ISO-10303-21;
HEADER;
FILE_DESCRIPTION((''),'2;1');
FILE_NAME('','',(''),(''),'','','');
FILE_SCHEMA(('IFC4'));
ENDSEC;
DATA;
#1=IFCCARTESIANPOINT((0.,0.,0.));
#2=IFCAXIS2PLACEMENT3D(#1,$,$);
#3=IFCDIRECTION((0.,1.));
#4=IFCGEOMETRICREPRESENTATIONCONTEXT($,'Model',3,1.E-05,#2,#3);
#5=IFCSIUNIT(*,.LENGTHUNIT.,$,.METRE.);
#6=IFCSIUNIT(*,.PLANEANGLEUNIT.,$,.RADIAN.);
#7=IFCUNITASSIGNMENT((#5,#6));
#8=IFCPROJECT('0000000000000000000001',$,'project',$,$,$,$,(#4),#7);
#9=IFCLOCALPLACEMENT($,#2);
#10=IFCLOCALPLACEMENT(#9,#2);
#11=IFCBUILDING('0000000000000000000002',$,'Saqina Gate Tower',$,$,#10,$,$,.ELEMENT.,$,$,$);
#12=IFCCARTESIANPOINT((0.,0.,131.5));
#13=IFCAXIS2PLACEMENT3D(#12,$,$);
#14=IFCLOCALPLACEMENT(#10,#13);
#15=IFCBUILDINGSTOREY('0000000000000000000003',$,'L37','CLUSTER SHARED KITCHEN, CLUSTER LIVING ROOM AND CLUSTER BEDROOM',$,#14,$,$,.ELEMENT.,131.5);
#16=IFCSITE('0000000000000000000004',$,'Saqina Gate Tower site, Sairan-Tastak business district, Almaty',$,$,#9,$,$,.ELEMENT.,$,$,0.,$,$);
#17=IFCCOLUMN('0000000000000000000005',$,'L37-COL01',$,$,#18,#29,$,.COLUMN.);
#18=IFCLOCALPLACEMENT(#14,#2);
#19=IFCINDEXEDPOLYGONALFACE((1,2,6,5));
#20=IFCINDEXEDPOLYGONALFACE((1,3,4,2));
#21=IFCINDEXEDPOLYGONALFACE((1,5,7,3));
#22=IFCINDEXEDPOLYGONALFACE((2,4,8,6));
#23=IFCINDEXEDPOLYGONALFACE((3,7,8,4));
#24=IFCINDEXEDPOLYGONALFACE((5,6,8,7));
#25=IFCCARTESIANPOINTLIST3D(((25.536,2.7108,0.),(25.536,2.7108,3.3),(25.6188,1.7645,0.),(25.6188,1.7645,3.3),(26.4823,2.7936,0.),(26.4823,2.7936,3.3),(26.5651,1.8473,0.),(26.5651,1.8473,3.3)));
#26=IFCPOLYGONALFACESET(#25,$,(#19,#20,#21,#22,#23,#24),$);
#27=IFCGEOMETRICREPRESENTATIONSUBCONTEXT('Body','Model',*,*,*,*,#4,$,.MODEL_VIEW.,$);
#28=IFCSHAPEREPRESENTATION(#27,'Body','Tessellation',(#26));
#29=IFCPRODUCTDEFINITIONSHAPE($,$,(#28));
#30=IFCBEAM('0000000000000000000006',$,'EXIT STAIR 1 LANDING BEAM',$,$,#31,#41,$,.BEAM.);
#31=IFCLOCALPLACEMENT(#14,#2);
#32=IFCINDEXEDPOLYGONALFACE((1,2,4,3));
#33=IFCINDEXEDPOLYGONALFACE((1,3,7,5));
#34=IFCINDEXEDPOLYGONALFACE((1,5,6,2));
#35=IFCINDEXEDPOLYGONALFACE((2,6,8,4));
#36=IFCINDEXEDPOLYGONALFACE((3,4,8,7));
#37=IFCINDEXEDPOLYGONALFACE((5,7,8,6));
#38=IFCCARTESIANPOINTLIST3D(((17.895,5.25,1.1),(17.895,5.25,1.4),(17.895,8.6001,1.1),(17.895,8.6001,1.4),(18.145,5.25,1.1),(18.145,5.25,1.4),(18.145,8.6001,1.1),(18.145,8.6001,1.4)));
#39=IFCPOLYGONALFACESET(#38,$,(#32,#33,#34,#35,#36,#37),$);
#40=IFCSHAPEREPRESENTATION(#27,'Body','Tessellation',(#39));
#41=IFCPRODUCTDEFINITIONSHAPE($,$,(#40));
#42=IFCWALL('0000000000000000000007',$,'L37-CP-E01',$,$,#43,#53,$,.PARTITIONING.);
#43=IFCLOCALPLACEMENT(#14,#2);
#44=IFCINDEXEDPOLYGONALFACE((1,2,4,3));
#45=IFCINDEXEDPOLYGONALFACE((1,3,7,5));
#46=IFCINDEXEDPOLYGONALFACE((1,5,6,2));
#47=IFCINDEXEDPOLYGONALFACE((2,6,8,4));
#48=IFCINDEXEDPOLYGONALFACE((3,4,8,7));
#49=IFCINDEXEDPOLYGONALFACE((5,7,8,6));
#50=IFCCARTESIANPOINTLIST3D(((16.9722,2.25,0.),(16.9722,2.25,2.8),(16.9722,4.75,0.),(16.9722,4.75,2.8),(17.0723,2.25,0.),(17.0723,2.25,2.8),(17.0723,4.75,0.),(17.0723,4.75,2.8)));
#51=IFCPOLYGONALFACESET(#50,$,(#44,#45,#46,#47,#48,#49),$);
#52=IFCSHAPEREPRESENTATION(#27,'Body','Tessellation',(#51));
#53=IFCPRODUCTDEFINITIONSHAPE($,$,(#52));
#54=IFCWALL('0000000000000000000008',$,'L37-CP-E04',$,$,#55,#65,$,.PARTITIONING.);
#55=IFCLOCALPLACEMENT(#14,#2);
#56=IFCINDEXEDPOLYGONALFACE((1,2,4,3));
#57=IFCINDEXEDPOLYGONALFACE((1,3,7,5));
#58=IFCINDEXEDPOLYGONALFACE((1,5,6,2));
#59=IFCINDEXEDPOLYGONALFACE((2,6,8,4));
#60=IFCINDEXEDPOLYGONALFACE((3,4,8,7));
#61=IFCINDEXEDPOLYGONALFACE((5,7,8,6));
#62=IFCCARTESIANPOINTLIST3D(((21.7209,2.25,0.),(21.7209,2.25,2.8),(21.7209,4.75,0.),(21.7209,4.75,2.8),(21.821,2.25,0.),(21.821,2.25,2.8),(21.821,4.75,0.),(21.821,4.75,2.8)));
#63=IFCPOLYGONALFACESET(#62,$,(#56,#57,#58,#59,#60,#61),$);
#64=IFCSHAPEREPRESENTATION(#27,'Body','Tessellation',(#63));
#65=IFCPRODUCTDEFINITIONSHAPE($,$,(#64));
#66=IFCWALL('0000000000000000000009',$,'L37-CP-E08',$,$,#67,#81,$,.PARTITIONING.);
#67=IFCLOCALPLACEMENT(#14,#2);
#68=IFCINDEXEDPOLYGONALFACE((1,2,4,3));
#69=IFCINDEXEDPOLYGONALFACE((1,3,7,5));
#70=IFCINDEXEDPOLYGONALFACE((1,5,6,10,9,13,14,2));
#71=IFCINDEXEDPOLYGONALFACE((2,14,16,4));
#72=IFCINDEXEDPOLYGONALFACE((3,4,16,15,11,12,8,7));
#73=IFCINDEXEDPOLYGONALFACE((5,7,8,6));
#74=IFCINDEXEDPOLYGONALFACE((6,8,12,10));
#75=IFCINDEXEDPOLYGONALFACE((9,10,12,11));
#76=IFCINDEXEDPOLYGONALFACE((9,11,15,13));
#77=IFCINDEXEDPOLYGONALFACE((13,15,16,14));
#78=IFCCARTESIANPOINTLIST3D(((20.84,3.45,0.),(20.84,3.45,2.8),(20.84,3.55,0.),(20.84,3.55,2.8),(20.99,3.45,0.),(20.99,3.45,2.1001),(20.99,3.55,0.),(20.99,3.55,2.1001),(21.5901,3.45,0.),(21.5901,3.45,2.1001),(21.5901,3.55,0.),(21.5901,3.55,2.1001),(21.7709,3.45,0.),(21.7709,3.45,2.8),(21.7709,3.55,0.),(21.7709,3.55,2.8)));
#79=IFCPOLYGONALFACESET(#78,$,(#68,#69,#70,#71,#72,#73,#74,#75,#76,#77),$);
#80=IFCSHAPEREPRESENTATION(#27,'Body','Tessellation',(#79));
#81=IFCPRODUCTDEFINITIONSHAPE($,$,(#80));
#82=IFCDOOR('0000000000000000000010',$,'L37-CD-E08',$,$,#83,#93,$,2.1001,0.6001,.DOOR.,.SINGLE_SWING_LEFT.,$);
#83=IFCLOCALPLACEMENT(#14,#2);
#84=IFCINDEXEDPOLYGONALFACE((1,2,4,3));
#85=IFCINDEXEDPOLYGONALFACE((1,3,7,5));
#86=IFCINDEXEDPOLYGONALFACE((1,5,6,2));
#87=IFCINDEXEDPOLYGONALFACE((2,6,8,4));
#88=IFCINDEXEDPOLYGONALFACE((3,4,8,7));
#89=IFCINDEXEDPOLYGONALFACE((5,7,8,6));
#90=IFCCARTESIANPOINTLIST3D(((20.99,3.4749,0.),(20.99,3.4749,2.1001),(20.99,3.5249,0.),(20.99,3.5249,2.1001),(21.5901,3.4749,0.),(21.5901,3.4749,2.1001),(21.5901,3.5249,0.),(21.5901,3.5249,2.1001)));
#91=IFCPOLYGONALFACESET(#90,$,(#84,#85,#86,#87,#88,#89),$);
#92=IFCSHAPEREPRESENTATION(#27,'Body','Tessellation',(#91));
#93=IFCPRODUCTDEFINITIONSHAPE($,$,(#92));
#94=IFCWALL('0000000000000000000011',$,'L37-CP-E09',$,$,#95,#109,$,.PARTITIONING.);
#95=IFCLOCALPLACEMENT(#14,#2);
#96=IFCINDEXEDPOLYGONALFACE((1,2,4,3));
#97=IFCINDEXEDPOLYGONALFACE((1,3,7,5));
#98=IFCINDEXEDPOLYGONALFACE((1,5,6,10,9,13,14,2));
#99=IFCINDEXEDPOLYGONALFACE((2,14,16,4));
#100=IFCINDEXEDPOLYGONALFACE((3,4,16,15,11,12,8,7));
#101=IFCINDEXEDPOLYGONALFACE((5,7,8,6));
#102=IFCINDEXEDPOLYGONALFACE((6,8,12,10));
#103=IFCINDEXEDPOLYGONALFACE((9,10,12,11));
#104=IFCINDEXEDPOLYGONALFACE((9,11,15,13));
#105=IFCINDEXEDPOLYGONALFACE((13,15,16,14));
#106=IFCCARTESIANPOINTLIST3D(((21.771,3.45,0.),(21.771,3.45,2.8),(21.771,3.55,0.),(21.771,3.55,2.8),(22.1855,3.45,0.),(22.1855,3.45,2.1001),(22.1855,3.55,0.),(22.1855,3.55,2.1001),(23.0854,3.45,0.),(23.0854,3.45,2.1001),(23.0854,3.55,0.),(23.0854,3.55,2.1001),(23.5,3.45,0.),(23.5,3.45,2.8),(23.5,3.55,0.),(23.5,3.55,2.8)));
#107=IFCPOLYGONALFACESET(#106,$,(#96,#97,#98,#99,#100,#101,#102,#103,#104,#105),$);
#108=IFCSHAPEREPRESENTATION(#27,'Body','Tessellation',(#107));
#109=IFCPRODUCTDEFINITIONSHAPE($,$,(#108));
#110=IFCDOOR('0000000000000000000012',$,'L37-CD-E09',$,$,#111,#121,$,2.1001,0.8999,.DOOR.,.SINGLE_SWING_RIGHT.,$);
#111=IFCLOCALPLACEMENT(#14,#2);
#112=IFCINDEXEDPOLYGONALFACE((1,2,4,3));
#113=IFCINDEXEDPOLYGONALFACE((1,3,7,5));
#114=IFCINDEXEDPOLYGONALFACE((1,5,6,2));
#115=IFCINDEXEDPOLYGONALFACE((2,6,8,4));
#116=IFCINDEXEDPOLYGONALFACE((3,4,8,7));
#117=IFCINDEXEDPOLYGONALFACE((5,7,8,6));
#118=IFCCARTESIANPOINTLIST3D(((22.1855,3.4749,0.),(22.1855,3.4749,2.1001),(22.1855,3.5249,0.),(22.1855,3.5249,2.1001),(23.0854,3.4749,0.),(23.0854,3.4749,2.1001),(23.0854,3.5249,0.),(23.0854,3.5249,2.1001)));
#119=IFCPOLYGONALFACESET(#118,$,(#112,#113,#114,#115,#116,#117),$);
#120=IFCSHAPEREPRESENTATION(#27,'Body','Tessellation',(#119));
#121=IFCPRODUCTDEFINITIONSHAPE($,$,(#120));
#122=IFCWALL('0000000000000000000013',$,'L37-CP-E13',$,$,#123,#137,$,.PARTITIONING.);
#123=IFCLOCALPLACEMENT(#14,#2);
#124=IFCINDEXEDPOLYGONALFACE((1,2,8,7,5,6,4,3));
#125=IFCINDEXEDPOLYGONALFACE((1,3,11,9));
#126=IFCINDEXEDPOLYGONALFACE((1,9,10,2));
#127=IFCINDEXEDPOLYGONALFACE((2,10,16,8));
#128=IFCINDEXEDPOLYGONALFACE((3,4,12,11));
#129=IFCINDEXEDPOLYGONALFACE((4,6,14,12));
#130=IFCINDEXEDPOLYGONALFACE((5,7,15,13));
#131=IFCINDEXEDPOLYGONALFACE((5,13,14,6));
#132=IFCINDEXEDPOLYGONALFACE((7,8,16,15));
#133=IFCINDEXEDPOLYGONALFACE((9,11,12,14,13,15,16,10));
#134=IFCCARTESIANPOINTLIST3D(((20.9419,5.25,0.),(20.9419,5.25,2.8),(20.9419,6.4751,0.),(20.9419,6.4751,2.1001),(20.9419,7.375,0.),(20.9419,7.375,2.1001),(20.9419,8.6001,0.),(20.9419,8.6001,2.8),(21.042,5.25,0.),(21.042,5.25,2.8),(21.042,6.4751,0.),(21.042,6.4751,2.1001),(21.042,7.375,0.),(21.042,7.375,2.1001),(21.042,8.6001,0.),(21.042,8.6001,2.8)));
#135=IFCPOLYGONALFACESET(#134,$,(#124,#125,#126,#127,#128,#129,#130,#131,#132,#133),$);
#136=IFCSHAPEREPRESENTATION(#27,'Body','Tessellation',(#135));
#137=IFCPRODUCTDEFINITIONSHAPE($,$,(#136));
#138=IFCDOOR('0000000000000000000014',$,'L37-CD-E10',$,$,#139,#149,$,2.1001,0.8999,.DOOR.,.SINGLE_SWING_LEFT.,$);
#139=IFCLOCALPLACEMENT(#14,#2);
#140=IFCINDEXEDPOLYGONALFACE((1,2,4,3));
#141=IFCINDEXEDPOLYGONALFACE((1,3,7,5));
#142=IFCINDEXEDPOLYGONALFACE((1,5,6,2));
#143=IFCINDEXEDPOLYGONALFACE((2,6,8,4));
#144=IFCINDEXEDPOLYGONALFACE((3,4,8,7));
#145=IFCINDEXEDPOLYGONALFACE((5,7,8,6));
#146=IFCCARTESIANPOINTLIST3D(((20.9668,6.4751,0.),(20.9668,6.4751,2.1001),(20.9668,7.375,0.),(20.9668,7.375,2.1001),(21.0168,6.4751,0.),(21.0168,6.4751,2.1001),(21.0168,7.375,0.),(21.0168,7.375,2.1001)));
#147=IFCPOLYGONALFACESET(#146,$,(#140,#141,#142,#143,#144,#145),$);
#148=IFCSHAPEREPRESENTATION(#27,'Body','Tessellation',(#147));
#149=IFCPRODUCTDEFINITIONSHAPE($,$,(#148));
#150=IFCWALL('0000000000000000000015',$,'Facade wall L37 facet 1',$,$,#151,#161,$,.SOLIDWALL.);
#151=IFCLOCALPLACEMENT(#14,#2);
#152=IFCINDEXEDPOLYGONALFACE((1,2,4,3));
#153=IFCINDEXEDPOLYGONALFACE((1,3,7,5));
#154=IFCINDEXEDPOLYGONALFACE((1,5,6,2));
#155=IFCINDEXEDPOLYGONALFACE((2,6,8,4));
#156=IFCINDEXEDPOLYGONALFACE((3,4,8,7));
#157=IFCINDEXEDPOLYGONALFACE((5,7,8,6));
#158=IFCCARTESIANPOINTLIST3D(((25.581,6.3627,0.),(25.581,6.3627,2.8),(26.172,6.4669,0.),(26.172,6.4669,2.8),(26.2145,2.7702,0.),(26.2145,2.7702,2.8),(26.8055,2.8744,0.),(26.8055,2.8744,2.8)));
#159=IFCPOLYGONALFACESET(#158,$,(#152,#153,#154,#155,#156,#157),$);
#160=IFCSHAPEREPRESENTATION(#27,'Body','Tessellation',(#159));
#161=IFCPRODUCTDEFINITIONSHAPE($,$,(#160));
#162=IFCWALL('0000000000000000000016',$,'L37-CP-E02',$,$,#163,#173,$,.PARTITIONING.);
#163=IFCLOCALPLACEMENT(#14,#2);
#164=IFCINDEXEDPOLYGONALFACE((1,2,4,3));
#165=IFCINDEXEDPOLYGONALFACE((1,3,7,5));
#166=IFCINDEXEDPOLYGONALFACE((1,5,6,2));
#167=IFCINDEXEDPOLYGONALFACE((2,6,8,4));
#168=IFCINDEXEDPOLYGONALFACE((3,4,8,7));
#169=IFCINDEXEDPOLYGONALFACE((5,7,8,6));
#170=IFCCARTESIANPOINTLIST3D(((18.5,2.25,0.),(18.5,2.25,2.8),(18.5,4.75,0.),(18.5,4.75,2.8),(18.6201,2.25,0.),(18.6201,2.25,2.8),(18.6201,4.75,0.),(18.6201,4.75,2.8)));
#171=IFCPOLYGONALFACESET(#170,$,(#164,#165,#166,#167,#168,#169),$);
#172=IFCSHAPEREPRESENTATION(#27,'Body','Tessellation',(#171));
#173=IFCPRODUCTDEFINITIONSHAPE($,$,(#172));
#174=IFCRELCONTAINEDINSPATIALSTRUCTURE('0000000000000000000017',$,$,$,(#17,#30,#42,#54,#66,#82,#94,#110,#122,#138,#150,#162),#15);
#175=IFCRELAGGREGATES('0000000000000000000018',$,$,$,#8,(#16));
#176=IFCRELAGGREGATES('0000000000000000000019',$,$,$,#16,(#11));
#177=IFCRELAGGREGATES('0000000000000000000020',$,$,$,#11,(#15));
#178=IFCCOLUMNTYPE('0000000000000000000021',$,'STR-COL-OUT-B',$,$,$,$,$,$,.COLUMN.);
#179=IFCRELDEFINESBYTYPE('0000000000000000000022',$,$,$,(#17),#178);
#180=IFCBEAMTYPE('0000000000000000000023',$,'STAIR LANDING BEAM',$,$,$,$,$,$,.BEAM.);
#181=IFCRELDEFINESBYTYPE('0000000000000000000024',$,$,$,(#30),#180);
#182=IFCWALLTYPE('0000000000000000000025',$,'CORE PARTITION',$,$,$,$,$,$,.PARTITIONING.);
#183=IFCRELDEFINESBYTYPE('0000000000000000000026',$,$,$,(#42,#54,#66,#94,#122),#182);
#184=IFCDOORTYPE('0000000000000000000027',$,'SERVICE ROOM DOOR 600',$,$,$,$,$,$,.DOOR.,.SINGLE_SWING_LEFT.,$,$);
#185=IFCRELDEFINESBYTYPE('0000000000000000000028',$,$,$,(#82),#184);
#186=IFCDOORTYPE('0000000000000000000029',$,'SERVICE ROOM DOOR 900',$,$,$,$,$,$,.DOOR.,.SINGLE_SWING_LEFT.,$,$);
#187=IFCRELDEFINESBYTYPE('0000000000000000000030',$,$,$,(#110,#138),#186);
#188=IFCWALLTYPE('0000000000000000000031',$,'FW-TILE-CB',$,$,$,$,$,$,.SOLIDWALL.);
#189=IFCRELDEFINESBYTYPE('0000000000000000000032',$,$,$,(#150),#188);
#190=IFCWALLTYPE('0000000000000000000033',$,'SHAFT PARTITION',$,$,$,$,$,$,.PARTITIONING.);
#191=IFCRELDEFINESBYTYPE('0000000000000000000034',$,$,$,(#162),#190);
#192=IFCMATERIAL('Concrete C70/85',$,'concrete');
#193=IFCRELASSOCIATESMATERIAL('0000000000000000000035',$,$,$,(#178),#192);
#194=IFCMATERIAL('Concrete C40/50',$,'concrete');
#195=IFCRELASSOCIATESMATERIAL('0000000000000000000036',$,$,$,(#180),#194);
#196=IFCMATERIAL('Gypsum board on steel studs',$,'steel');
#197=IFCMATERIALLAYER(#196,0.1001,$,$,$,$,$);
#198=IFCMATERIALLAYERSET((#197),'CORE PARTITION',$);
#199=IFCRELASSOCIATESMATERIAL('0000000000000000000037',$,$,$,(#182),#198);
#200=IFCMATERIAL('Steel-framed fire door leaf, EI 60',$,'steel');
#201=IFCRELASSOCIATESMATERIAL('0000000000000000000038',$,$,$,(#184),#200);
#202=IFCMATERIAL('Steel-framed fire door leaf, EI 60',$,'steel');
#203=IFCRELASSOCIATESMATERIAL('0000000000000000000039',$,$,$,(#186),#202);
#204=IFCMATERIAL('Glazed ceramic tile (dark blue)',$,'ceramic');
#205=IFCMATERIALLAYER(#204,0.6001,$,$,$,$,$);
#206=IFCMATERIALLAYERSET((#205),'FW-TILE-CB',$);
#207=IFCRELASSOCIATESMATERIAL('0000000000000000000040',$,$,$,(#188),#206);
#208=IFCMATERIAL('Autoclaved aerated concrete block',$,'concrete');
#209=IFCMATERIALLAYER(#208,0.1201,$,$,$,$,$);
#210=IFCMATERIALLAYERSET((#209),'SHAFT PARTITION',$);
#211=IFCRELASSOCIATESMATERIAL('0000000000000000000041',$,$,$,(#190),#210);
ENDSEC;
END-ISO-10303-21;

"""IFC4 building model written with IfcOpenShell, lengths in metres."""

from ifc_helpers import new_model, si_unit, direction, frame, frame_2d, origin, origin_2d, place, context, subcontext, project, spatial, rectangle, extrude, material, layer, layer_set, material_profile, profile_set, type_object, element, fill, save


model = new_model("IFC4")

# Units and contexts
model_context = context("Model", 3, precision=1e-05, world=origin(), true_north=direction((0.0, 1.0)))
body_context = subcontext(model_context, "Body", "Model", "MODEL_VIEW")
ifc_project = project(units=[si_unit("LENGTHUNIT", "METRE"), si_unit("PLANEANGLEUNIT", "RADIAN")], contexts=[model_context])

# Site, building, storey
site_placement = place(None, origin())
site = spatial("IfcSite", under=ifc_project, at=site_placement, Name="Saqina Gate Tower site, Sairan-Tastak business district, Almaty", CompositionType="ELEMENT", RefElevation=0.0)
building_placement = place(site_placement, origin())
building = spatial("IfcBuilding", under=site, at=building_placement, Name="Saqina Gate Tower", CompositionType="ELEMENT")
storey_placement = place(building_placement, frame((0.0, 0.0, 131.5)))
storey = spatial("IfcBuildingStorey", under=building, at=storey_placement, Name="L37", Description="CLUSTER SHARED KITCHEN, CLUSTER LIVING ROOM AND CLUSTER BEDROOM", CompositionType="ELEMENT", Elevation=131.5)

# Column
ifc_material_1 = material(Name="Concrete C70/85", Category="concrete")
ifc_material_profile_1 = material_profile(ifc_material_1, rectangle(XDim=0.95, YDim=0.95, at=origin_2d()), Name="RC 950x950")
ifc_profile_set_1 = profile_set([ifc_material_profile_1], Name="Concrete C70/85")
column_type = type_object("IfcColumnType", Name="STR-COL-OUT-B", PredefinedType="COLUMN", material=ifc_profile_set_1)
column_placement = place(storey_placement, frame((26.0505, 2.2791, 0.0), z_axis=(0.0, 0.0, 1.0), x_axis=(0.996195, 0.087156, 0.0)))
element("IfcColumn", 1, at=column_placement, inside=storey, type_object=column_type, Name="L37-COL01", PredefinedType="COLUMN", context=body_context, shape_type="SweptSolid", body=[
    extrude(rectangle(XDim=0.95, YDim=0.95, at=origin_2d()), origin(), (0.0, 0.0, 1.0), 3.3),
])

# Beam
ifc_material_2 = material(Name="Concrete C40/50", Category="concrete")
ifc_material_profile_2 = material_profile(ifc_material_2, rectangle(XDim=0.25, YDim=0.3, at=origin_2d()), Name="STAIR LANDING BEAM")
ifc_profile_set_2 = profile_set([ifc_material_profile_2], Name="Concrete C40/50")
beam_type = type_object("IfcBeamType", Name="STAIR LANDING BEAM", PredefinedType="BEAM", material=ifc_profile_set_2)
beam_placement = place(storey_placement, frame((18.02, 5.25, 1.25), z_axis=(0.0, 1.0, 0.0), x_axis=(-1.0, 0.0, 0.0)))
element("IfcBeam", 2, at=beam_placement, inside=storey, type_object=beam_type, Name="EXIT STAIR 1 LANDING BEAM", PredefinedType="BEAM", context=body_context, shape_type="SweptSolid", body=[
    extrude(rectangle(XDim=0.25, YDim=0.3, at=origin_2d()), origin(), (0.0, 0.0, 1.0), 3.3501),
])

# Walls
ifc_material_3 = material(Name="Gypsum board on steel studs", Category="steel")
ifc_layer_1 = layer(ifc_material_3, 0.1001)
ifc_layer_set_1 = layer_set([ifc_layer_1], Name="CORE PARTITION")
wall_type_1 = type_object("IfcWallType", Name="CORE PARTITION", PredefinedType="PARTITIONING", material=ifc_layer_set_1)
for number, where, z_axis, x_axis, name in (
    (3, (17.0222, 2.25, 0.0), (0.0, 0.0, 1.0), (0.0, 1.0, 0.0), "L37-CP-E01"),
    (4, (21.771, 2.25, 0.0), (0.0, 0.0, 1.0), (0.0, 1.0, 0.0), "L37-CP-E04"),
):
    element("IfcWall", number, at=place(storey_placement, frame(where, z_axis=z_axis, x_axis=x_axis)), inside=storey, type_object=wall_type_1, Name=name, PredefinedType="PARTITIONING", context=body_context, shape_type="SweptSolid", body=[
        extrude(rectangle(XDim=2.5, YDim=0.1001, at=frame_2d((1.25, 0.0))), origin(), (0.0, 0.0, 1.0), 2.8),
    ])

# Walls, openings, doors
wall_1_placement = place(storey_placement, frame((20.8401, 3.5, 0.0), z_axis=(0.0, 0.0, 1.0), x_axis=(1.0, 0.0, 0.0)))
wall_1 = element("IfcWall", 5, at=wall_1_placement, inside=storey, type_object=wall_type_1, Name="L37-CP-E08", PredefinedType="PARTITIONING", context=body_context, shape_type="SweptSolid", body=[
    extrude(rectangle(XDim=0.9309, YDim=0.1001, at=frame_2d((0.4653, 0.0))), origin(), (0.0, 0.0, 1.0), 2.8),
])
opening_1_placement = place(wall_1_placement, frame((0.1499, 0.0, 0.0)))
opening_1 = element("IfcOpeningElement", 6, at=opening_1_placement, cuts=wall_1, PredefinedType="OPENING", context=body_context, shape_type="SweptSolid", body=[
    extrude(rectangle(XDim=0.6001, YDim=2.1001, at=frame_2d((0.3, 1.05))), frame((0.0, 0.062, 0.0), z_axis=(0.0, -1.0, 0.0), x_axis=(1.0, 0.0, 0.0)), (0.0, 0.0, 1.0), 0.124),
])
ifc_material_4 = material(Name="Steel-framed fire door leaf, EI 60", Category="steel")
door_type_1 = type_object("IfcDoorType", Name="SERVICE ROOM DOOR 600", OperationType="SINGLE_SWING_LEFT", PredefinedType="DOOR", material=ifc_material_4)
door_1_placement = place(opening_1_placement, origin())
door_1 = element("IfcDoor", 7, at=door_1_placement, inside=storey, type_object=door_type_1, Name="L37-CD-E08", OperationType="SINGLE_SWING_LEFT", OverallHeight=2.1001, OverallWidth=0.6001, PredefinedType="DOOR", context=body_context, shape_type="SweptSolid", body=[
    extrude(rectangle(XDim=0.6001, YDim=2.1001, at=frame_2d((0.3, 1.05))), frame((0.0, 0.0249, 0.0), z_axis=(0.0, -1.0, 0.0), x_axis=(1.0, 0.0, 0.0)), (0.0, 0.0, 1.0), 0.05),
])
fill(opening_1, door_1)
wall_2_placement = place(storey_placement, frame((21.771, 3.5, 0.0), z_axis=(0.0, 0.0, 1.0), x_axis=(1.0, 0.0, 0.0)))
wall_2 = element("IfcWall", 8, at=wall_2_placement, inside=storey, type_object=wall_type_1, Name="L37-CP-E09", PredefinedType="PARTITIONING", context=body_context, shape_type="SweptSolid", body=[
    extrude(rectangle(XDim=1.729, YDim=0.1001, at=frame_2d((0.8645, 0.0))), origin(), (0.0, 0.0, 1.0), 2.8),
])
opening_2_placement = place(wall_2_placement, frame((0.4146, 0.0, 0.0)))
opening_2 = element("IfcOpeningElement", 9, at=opening_2_placement, cuts=wall_2, PredefinedType="OPENING", context=body_context, shape_type="SweptSolid", body=[
    extrude(rectangle(XDim=0.8999, YDim=2.1001, at=frame_2d((0.45, 1.05))), frame((0.0, 0.062, 0.0), z_axis=(0.0, -1.0, 0.0), x_axis=(1.0, 0.0, 0.0)), (0.0, 0.0, 1.0), 0.124),
])
ifc_material_5 = material(Name="Steel-framed fire door leaf, EI 60", Category="steel")
door_type_2 = type_object("IfcDoorType", Name="SERVICE ROOM DOOR 900", OperationType="SINGLE_SWING_LEFT", PredefinedType="DOOR", material=ifc_material_5)
door_2_placement = place(opening_2_placement, origin())
door_2 = element("IfcDoor", 10, at=door_2_placement, inside=storey, type_object=door_type_2, Name="L37-CD-E09", OperationType="SINGLE_SWING_RIGHT", OverallHeight=2.1001, OverallWidth=0.8999, PredefinedType="DOOR", context=body_context, shape_type="SweptSolid", body=[
    extrude(rectangle(XDim=0.8999, YDim=2.1001, at=frame_2d((0.45, 1.05))), frame((0.0, 0.0249, 0.0), z_axis=(0.0, -1.0, 0.0), x_axis=(1.0, 0.0, 0.0)), (0.0, 0.0, 1.0), 0.05),
])
fill(opening_2, door_2)
wall_3_placement = place(storey_placement, frame((20.9919, 5.25, 0.0), z_axis=(0.0, 0.0, 1.0), x_axis=(0.0, 1.0, 0.0)))
wall_3 = element("IfcWall", 11, at=wall_3_placement, inside=storey, type_object=wall_type_1, Name="L37-CP-E13", PredefinedType="PARTITIONING", context=body_context, shape_type="SweptSolid", body=[
    extrude(rectangle(XDim=3.3501, YDim=0.1001, at=frame_2d((1.675, 0.0))), origin(), (0.0, 0.0, 1.0), 2.8),
])
opening_3_placement = place(wall_3_placement, frame((1.2251, 0.0, 0.0)))
opening_3 = element("IfcOpeningElement", 12, at=opening_3_placement, cuts=wall_3, PredefinedType="OPENING", context=body_context, shape_type="SweptSolid", body=[
    extrude(rectangle(XDim=0.8999, YDim=2.1001, at=frame_2d((0.45, 1.05))), frame((0.0, 0.062, 0.0), z_axis=(0.0, -1.0, 0.0), x_axis=(1.0, 0.0, 0.0)), (0.0, 0.0, 1.0), 0.124),
])
door_3_placement = place(opening_3_placement, frame((0.8999, 0.0, 0.0), z_axis=(0.0, 0.0, 1.0), x_axis=(-1.0, 0.0, 0.0)))
door_3 = element("IfcDoor", 13, at=door_3_placement, inside=storey, type_object=door_type_2, Name="L37-CD-E10", OperationType="SINGLE_SWING_LEFT", OverallHeight=2.1001, OverallWidth=0.8999, PredefinedType="DOOR", context=body_context, shape_type="SweptSolid", body=[
    extrude(rectangle(XDim=0.8999, YDim=2.1001, at=frame_2d((0.45, 1.05))), frame((0.0, 0.0249, 0.0), z_axis=(0.0, -1.0, 0.0), x_axis=(1.0, 0.0, 0.0)), (0.0, 0.0, 1.0), 0.05),
])
fill(opening_3, door_3)

# Walls
ifc_material_6 = material(Name="Glazed ceramic tile (dark blue)", Category="ceramic")
ifc_layer_2 = layer(ifc_material_6, 0.6001)
ifc_layer_set_2 = layer_set([ifc_layer_2], Name="FW-TILE-CB")
wall_type_2 = type_object("IfcWallType", Name="FW-TILE-CB", PredefinedType="SOLIDWALL", material=ifc_layer_set_2)
wall_4_placement = place(storey_placement, frame((26.51, 2.8223, 0.0), z_axis=(0.0, 0.0, 1.0), x_axis=(-0.173671, 0.984804, 0.0)))
element("IfcWall", 14, at=wall_4_placement, inside=storey, type_object=wall_type_2, Name="Facade wall L37 facet 1", PredefinedType="SOLIDWALL", context=body_context, shape_type="SweptSolid", body=[
    extrude(rectangle(XDim=3.6479, YDim=0.6001, at=frame_2d((1.824, 0.0))), origin(), (0.0, 0.0, 1.0), 2.8),
])
ifc_material_7 = material(Name="Autoclaved aerated concrete block", Category="concrete")
ifc_layer_3 = layer(ifc_material_7, 0.1201)
ifc_layer_set_3 = layer_set([ifc_layer_3], Name="SHAFT PARTITION")
wall_type_3 = type_object("IfcWallType", Name="SHAFT PARTITION", PredefinedType="PARTITIONING", material=ifc_layer_set_3)
for number, where, z_axis, x_axis, name in (
    (15, (18.5601, 2.25, 0.0), (0.0, 0.0, 1.0), (0.0, 1.0, 0.0), "L37-CP-E02"),
):
    element("IfcWall", number, at=place(storey_placement, frame(where, z_axis=z_axis, x_axis=x_axis)), inside=storey, type_object=wall_type_3, Name=name, PredefinedType="PARTITIONING", context=body_context, shape_type="SweptSolid", body=[
        extrude(rectangle(XDim=2.5, YDim=0.1201, at=frame_2d((1.25, 0.0))), origin(), (0.0, 0.0, 1.0), 2.8),
    ])

save(model, "model.ifc")
